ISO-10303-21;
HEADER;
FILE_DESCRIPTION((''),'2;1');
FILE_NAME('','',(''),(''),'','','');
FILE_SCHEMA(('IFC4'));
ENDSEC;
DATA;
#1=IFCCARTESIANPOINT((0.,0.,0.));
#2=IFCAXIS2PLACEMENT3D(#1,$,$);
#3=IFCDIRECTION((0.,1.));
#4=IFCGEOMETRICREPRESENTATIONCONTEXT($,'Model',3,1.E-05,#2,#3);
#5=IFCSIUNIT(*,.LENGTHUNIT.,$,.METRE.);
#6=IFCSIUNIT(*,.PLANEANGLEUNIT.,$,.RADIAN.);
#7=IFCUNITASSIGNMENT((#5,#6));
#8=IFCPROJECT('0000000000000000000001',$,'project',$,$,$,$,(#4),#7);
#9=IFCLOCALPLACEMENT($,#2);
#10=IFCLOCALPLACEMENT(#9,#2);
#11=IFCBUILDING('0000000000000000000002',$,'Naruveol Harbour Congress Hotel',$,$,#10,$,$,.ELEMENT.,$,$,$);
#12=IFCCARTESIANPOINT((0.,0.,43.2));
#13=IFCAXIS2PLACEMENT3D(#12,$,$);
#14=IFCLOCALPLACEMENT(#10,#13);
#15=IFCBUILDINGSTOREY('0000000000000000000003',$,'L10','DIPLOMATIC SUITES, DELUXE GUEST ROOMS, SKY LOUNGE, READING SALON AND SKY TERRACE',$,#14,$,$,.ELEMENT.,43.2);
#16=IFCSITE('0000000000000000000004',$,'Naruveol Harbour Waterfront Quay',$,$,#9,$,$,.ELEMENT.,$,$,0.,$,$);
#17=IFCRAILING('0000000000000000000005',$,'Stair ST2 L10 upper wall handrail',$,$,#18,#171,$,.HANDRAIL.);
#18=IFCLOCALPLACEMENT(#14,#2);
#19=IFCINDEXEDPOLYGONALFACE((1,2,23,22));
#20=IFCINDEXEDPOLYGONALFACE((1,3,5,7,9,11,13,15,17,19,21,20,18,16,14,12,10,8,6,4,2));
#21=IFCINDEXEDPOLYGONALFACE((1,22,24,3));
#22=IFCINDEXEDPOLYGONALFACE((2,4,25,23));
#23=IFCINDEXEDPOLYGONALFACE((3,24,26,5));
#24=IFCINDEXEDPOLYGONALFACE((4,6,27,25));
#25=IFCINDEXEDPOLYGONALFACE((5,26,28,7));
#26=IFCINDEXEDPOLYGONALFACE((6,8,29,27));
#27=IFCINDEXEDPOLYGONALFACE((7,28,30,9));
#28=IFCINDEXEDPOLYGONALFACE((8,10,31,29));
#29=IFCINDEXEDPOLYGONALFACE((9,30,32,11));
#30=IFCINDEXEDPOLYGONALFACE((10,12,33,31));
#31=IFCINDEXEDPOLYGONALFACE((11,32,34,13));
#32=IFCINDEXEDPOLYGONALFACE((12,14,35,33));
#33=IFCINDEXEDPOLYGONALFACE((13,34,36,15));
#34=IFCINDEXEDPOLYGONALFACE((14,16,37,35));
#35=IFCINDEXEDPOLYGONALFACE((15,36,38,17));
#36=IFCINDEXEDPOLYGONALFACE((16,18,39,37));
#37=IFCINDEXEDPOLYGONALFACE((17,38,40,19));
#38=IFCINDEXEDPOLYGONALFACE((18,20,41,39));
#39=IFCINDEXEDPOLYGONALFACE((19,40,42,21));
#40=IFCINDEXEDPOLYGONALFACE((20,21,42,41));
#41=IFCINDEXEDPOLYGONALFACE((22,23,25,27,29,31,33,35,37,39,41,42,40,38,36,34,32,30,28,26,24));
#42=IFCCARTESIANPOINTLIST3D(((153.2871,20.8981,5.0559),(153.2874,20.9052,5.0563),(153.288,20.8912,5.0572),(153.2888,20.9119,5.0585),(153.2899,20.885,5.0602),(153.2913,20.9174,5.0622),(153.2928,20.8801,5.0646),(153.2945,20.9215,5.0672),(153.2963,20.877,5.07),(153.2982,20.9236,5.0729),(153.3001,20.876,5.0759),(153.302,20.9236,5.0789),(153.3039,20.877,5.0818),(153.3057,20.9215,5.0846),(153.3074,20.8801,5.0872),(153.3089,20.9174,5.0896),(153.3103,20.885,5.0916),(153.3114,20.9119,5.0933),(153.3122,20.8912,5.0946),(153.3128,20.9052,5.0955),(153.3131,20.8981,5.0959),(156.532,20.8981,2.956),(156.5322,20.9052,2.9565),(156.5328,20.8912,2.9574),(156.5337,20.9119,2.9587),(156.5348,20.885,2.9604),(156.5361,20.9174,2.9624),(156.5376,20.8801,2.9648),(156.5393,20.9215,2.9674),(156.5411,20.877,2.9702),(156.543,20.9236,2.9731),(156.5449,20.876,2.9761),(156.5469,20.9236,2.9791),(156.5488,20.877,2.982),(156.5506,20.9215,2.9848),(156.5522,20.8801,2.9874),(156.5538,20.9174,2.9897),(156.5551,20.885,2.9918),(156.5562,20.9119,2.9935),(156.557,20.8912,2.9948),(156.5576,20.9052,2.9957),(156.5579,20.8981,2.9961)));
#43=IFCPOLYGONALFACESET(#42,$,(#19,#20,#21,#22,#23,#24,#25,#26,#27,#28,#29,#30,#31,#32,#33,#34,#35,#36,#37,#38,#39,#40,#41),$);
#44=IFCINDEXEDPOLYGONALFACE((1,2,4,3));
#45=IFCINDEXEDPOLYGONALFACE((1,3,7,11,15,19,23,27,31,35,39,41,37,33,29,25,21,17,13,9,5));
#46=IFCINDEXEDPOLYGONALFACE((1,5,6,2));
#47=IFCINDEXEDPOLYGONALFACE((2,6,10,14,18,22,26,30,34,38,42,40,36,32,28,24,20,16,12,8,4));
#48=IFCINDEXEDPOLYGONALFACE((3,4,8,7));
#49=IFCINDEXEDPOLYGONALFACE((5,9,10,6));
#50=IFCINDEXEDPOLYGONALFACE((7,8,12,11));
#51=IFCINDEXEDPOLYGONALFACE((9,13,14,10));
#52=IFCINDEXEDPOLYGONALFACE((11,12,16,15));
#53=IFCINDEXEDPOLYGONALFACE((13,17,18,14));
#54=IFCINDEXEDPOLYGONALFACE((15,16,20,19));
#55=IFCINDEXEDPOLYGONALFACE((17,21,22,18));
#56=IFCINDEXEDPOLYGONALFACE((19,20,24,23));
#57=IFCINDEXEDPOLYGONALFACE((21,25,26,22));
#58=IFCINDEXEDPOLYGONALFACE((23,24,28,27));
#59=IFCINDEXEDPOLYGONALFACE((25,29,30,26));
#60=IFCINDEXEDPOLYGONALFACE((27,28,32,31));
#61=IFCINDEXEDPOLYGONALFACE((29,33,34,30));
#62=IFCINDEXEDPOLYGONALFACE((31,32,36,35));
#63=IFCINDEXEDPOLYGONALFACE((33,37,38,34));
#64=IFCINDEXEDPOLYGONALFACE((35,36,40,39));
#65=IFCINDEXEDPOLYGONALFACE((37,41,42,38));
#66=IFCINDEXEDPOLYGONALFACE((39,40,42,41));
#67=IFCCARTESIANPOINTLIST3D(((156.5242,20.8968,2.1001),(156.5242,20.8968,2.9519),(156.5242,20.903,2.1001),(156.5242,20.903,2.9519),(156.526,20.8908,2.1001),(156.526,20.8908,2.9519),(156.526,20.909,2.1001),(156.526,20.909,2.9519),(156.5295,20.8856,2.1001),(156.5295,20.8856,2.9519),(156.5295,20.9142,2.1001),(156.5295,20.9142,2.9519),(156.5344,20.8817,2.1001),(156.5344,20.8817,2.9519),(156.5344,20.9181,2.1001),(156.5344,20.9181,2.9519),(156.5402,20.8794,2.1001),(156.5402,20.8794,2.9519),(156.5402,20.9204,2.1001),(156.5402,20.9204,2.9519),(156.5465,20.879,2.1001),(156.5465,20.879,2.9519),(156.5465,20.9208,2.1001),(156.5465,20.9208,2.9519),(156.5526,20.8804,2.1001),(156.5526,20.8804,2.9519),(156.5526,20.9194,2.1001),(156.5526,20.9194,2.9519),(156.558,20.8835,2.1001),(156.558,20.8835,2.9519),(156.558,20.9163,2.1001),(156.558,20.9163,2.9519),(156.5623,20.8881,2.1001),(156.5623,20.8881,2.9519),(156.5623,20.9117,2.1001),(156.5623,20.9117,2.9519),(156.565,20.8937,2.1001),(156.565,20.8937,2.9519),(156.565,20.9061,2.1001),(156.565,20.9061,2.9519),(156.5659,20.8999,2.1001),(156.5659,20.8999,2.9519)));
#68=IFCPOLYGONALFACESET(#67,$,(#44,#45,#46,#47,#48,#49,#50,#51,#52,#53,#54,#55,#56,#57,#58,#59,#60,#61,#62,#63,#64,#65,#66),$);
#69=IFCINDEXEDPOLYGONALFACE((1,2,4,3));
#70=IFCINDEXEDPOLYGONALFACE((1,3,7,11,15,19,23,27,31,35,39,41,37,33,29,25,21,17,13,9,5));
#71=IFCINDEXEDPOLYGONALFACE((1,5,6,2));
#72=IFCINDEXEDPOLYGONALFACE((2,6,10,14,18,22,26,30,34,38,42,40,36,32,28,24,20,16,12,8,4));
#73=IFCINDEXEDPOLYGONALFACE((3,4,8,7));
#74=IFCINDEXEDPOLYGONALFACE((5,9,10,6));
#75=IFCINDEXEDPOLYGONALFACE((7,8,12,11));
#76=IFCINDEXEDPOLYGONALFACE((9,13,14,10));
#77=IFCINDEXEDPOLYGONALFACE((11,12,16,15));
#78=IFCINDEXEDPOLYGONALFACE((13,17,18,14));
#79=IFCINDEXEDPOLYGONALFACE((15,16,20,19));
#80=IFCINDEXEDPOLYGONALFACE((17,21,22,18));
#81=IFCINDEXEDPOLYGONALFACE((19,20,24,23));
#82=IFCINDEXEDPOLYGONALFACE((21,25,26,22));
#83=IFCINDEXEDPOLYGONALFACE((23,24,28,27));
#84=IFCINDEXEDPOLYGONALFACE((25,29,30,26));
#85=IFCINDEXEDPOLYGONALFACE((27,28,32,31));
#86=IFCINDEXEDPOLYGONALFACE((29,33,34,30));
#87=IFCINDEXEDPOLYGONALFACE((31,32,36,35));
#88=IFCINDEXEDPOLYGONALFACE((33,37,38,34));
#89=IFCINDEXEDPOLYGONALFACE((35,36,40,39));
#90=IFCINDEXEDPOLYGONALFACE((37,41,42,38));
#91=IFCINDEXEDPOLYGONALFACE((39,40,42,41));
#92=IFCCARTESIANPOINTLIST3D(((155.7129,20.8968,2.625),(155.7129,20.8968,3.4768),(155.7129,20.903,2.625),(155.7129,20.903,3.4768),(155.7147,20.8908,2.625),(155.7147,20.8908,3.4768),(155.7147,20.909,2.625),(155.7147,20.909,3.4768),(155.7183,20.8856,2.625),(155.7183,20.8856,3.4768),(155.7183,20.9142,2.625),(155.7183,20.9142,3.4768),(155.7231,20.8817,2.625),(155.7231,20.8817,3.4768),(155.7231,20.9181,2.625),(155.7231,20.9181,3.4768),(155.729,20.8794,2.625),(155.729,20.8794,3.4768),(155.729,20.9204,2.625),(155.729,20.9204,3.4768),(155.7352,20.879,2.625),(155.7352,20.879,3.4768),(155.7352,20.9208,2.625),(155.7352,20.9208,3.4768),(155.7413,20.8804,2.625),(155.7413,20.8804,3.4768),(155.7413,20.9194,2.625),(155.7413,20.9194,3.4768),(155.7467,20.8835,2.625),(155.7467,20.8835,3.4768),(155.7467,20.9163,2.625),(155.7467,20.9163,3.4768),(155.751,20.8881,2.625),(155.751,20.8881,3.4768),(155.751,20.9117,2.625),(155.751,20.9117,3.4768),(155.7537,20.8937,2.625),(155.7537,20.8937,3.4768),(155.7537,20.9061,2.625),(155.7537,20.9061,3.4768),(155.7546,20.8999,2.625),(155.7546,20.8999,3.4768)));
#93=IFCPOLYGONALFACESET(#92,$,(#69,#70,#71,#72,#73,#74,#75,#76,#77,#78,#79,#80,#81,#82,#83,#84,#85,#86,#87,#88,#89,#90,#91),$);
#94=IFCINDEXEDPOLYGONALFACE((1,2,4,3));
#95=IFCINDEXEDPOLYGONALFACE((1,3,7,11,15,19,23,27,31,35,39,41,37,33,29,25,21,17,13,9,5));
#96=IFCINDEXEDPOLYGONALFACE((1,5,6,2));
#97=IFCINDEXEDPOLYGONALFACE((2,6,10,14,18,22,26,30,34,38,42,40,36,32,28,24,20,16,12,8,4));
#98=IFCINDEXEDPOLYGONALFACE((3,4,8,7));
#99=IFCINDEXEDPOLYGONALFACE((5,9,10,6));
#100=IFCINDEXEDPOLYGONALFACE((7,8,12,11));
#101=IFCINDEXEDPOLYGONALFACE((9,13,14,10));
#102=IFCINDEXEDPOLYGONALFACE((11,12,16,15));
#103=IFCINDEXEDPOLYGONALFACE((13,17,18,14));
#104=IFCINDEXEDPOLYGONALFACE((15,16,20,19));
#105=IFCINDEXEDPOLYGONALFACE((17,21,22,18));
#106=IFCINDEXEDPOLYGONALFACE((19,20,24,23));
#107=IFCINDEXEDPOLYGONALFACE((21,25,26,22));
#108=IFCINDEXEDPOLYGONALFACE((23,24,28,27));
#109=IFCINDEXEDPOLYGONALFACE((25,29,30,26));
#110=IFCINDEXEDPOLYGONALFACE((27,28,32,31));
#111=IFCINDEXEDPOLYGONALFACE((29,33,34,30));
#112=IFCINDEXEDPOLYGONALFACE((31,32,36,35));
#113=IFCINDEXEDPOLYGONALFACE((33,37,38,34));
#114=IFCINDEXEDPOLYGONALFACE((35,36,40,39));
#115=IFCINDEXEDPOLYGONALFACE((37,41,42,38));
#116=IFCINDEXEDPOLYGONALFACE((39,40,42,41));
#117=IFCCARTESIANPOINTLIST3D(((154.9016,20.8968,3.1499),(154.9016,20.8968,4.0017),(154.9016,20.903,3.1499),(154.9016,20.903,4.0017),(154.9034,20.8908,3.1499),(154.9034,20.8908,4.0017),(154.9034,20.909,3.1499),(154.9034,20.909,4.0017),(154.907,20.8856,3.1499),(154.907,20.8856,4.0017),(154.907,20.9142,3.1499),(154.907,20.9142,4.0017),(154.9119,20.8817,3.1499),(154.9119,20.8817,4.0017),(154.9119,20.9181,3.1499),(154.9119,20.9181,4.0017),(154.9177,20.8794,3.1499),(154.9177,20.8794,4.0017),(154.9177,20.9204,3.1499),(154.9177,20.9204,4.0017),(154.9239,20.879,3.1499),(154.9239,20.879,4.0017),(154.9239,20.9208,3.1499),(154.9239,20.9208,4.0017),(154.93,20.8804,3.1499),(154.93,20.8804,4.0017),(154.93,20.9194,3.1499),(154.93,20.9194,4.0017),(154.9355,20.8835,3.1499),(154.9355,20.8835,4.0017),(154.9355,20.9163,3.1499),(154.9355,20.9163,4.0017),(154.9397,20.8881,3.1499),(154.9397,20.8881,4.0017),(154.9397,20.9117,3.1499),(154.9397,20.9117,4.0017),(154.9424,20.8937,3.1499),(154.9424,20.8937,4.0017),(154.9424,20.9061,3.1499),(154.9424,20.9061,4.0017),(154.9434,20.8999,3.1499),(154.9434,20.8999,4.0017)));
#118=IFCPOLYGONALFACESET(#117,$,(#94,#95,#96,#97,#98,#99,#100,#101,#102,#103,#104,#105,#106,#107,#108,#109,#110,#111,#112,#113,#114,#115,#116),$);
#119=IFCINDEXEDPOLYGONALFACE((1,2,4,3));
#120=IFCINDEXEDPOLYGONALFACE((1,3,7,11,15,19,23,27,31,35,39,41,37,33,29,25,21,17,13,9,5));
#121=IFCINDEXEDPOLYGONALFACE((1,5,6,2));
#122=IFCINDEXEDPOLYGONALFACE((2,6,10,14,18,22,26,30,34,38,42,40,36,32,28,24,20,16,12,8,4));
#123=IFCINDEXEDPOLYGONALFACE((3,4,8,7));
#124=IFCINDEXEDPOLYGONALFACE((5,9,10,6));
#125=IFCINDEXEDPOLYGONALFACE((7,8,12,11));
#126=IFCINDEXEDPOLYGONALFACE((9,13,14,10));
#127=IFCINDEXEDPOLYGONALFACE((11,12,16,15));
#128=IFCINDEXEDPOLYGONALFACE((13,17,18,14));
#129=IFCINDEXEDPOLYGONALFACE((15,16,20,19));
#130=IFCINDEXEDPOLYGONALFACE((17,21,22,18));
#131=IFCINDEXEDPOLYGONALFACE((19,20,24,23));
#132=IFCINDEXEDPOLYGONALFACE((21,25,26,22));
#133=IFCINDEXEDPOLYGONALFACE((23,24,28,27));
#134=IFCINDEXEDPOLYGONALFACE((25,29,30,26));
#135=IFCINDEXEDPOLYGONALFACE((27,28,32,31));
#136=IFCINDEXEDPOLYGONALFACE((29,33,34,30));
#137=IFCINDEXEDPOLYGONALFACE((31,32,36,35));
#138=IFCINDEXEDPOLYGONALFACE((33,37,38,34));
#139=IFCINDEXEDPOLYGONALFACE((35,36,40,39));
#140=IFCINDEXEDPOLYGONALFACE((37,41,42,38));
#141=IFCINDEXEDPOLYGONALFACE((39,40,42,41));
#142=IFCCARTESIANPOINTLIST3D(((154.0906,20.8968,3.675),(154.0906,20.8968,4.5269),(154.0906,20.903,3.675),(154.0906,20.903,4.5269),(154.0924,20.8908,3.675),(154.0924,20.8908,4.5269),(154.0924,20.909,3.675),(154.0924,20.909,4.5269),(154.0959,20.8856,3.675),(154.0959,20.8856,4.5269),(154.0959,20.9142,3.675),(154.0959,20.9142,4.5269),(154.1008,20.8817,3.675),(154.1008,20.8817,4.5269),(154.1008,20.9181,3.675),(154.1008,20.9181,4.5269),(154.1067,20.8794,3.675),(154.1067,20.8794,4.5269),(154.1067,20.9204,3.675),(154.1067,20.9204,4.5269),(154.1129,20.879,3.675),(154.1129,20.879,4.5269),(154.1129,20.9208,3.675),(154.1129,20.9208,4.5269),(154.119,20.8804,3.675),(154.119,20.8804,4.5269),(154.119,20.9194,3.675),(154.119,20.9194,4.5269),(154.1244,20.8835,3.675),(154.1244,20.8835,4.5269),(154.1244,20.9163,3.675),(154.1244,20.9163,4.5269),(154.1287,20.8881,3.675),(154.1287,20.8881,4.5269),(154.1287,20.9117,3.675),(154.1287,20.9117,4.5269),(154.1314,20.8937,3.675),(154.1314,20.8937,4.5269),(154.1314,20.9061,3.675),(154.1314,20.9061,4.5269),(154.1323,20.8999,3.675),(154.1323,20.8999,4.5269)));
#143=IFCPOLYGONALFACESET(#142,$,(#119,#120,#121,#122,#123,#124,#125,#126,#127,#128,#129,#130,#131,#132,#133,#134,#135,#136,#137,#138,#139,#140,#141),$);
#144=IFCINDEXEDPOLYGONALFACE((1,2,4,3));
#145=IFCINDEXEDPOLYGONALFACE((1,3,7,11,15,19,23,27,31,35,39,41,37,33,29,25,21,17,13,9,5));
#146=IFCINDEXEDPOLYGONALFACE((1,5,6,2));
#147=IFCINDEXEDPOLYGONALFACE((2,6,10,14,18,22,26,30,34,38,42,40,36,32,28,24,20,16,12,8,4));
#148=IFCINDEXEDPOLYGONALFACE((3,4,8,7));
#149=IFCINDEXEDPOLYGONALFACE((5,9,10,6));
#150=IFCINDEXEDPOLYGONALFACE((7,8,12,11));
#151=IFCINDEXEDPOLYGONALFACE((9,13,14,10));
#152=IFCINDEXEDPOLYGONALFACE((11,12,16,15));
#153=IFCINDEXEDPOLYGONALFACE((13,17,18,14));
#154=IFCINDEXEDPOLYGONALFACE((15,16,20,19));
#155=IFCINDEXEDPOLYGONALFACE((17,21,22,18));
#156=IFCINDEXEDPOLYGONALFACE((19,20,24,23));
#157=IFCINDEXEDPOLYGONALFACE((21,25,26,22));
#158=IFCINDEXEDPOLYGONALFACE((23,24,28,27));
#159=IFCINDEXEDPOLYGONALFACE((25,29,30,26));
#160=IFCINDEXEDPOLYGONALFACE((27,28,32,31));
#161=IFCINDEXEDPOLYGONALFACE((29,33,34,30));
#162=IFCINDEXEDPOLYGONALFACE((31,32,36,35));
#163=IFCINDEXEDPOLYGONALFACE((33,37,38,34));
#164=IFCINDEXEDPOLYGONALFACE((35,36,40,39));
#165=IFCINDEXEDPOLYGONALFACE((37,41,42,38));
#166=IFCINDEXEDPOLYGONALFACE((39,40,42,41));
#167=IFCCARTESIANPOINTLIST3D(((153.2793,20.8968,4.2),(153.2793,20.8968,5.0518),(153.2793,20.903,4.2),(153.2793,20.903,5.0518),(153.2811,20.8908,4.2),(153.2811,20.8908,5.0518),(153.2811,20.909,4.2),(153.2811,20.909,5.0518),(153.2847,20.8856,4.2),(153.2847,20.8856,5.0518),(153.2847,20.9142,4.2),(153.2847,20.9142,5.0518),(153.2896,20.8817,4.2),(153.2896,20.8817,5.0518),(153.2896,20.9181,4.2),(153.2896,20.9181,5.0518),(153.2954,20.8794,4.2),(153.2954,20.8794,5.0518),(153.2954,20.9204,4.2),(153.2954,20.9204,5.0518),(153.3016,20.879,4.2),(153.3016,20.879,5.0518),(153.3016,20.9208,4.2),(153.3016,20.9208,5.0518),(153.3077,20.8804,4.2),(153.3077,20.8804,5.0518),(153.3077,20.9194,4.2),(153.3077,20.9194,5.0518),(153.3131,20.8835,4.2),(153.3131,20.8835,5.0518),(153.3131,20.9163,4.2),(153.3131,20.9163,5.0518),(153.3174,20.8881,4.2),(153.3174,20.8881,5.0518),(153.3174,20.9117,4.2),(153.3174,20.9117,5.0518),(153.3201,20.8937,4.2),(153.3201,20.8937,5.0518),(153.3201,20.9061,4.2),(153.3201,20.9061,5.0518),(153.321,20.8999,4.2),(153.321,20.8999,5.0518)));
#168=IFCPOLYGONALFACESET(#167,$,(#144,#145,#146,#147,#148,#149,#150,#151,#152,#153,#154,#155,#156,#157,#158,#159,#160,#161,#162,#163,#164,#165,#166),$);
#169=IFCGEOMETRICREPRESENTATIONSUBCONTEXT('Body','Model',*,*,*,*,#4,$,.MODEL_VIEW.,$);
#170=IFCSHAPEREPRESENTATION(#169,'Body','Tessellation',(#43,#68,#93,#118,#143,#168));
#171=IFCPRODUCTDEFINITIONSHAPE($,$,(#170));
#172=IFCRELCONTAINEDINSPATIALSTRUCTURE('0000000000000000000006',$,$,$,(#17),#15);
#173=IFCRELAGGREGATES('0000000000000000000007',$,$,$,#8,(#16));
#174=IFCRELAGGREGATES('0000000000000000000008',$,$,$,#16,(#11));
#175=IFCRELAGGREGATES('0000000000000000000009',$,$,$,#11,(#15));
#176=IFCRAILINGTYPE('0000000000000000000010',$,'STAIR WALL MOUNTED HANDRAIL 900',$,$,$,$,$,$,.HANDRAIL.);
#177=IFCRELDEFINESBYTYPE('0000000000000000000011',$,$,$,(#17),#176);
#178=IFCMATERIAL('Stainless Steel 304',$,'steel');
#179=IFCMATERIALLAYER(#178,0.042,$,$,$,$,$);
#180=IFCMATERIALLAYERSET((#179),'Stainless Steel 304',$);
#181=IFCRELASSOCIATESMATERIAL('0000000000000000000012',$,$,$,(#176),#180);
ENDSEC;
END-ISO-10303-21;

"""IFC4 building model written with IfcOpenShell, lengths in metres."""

from ifc_helpers import new_model, si_unit, direction, frame, origin, origin_2d, place, context, subcontext, project, spatial, circle, extrude, material, layer, layer_set, type_object, element, save


model = new_model("IFC4")

# Units and contexts
model_context = context("Model", 3, precision=1e-05, world=origin(), true_north=direction((0.0, 1.0)))
body_context = subcontext(model_context, "Body", "Model", "MODEL_VIEW")
ifc_project = project(units=[si_unit("LENGTHUNIT", "METRE"), si_unit("PLANEANGLEUNIT", "RADIAN")], contexts=[model_context])

# Site, building, storey
site_placement = place(None, origin())
site = spatial("IfcSite", under=ifc_project, at=site_placement, Name="Naruveol Harbour Waterfront Quay", CompositionType="ELEMENT", RefElevation=0.0)
building_placement = place(site_placement, origin())
building = spatial("IfcBuilding", under=site, at=building_placement, Name="Naruveol Harbour Congress Hotel", CompositionType="ELEMENT")
storey_placement = place(building_placement, frame((0.0, 0.0, 43.2)))
storey = spatial("IfcBuildingStorey", under=building, at=storey_placement, Name="L10", Description="DIPLOMATIC SUITES, DELUXE GUEST ROOMS, SKY LOUNGE, READING SALON AND SKY TERRACE", CompositionType="ELEMENT", Elevation=43.2)

# Railing
ifc_material_1 = material(Name="Stainless Steel 304", Category="steel")
ifc_layer_1 = layer(ifc_material_1, 0.042)
ifc_layer_set_1 = layer_set([ifc_layer_1], Name="Stainless Steel 304")
railing_type_1 = type_object("IfcRailingType", Name="STAIR WALL MOUNTED HANDRAIL 900", PredefinedType="HANDRAIL", material=ifc_layer_set_1)
railing_1_placement = place(storey_placement, frame((156.5449, 20.8999, 2.1001)))
element("IfcRailing", 1, at=railing_1_placement, inside=storey, type_object=railing_type_1, Name="Stair ST2 L10 upper wall handrail", PredefinedType="HANDRAIL", context=body_context, shape_type="SweptSolid", body=[
    extrude(circle(Radius=0.0239, at=origin_2d()), frame((0.0, 0.0, 0.876), z_axis=(-0.839543, 0.0, 0.543293), x_axis=(0.0, -1.0, 0.0)), (0.0, 0.0, 1.0), 3.865),
    extrude(circle(Radius=0.021, at=origin_2d()), origin(), (0.0, 0.0, 1.0), 0.8518),
    extrude(circle(Radius=0.021, at=origin_2d()), frame((-0.8113, 0.0, 0.5249)), (0.0, 0.0, 1.0), 0.8518),
    extrude(circle(Radius=0.021, at=origin_2d()), frame((-1.6226, 0.0, 1.0498)), (0.0, 0.0, 1.0), 0.8518),
    extrude(circle(Radius=0.021, at=origin_2d()), frame((-2.4336, 0.0, 1.575)), (0.0, 0.0, 1.0), 0.8518),
    extrude(circle(Radius=0.021, at=origin_2d()), frame((-3.2449, 0.0, 2.0999)), (0.0, 0.0, 1.0), 0.8518),
])

save(model, "model.ifc")
